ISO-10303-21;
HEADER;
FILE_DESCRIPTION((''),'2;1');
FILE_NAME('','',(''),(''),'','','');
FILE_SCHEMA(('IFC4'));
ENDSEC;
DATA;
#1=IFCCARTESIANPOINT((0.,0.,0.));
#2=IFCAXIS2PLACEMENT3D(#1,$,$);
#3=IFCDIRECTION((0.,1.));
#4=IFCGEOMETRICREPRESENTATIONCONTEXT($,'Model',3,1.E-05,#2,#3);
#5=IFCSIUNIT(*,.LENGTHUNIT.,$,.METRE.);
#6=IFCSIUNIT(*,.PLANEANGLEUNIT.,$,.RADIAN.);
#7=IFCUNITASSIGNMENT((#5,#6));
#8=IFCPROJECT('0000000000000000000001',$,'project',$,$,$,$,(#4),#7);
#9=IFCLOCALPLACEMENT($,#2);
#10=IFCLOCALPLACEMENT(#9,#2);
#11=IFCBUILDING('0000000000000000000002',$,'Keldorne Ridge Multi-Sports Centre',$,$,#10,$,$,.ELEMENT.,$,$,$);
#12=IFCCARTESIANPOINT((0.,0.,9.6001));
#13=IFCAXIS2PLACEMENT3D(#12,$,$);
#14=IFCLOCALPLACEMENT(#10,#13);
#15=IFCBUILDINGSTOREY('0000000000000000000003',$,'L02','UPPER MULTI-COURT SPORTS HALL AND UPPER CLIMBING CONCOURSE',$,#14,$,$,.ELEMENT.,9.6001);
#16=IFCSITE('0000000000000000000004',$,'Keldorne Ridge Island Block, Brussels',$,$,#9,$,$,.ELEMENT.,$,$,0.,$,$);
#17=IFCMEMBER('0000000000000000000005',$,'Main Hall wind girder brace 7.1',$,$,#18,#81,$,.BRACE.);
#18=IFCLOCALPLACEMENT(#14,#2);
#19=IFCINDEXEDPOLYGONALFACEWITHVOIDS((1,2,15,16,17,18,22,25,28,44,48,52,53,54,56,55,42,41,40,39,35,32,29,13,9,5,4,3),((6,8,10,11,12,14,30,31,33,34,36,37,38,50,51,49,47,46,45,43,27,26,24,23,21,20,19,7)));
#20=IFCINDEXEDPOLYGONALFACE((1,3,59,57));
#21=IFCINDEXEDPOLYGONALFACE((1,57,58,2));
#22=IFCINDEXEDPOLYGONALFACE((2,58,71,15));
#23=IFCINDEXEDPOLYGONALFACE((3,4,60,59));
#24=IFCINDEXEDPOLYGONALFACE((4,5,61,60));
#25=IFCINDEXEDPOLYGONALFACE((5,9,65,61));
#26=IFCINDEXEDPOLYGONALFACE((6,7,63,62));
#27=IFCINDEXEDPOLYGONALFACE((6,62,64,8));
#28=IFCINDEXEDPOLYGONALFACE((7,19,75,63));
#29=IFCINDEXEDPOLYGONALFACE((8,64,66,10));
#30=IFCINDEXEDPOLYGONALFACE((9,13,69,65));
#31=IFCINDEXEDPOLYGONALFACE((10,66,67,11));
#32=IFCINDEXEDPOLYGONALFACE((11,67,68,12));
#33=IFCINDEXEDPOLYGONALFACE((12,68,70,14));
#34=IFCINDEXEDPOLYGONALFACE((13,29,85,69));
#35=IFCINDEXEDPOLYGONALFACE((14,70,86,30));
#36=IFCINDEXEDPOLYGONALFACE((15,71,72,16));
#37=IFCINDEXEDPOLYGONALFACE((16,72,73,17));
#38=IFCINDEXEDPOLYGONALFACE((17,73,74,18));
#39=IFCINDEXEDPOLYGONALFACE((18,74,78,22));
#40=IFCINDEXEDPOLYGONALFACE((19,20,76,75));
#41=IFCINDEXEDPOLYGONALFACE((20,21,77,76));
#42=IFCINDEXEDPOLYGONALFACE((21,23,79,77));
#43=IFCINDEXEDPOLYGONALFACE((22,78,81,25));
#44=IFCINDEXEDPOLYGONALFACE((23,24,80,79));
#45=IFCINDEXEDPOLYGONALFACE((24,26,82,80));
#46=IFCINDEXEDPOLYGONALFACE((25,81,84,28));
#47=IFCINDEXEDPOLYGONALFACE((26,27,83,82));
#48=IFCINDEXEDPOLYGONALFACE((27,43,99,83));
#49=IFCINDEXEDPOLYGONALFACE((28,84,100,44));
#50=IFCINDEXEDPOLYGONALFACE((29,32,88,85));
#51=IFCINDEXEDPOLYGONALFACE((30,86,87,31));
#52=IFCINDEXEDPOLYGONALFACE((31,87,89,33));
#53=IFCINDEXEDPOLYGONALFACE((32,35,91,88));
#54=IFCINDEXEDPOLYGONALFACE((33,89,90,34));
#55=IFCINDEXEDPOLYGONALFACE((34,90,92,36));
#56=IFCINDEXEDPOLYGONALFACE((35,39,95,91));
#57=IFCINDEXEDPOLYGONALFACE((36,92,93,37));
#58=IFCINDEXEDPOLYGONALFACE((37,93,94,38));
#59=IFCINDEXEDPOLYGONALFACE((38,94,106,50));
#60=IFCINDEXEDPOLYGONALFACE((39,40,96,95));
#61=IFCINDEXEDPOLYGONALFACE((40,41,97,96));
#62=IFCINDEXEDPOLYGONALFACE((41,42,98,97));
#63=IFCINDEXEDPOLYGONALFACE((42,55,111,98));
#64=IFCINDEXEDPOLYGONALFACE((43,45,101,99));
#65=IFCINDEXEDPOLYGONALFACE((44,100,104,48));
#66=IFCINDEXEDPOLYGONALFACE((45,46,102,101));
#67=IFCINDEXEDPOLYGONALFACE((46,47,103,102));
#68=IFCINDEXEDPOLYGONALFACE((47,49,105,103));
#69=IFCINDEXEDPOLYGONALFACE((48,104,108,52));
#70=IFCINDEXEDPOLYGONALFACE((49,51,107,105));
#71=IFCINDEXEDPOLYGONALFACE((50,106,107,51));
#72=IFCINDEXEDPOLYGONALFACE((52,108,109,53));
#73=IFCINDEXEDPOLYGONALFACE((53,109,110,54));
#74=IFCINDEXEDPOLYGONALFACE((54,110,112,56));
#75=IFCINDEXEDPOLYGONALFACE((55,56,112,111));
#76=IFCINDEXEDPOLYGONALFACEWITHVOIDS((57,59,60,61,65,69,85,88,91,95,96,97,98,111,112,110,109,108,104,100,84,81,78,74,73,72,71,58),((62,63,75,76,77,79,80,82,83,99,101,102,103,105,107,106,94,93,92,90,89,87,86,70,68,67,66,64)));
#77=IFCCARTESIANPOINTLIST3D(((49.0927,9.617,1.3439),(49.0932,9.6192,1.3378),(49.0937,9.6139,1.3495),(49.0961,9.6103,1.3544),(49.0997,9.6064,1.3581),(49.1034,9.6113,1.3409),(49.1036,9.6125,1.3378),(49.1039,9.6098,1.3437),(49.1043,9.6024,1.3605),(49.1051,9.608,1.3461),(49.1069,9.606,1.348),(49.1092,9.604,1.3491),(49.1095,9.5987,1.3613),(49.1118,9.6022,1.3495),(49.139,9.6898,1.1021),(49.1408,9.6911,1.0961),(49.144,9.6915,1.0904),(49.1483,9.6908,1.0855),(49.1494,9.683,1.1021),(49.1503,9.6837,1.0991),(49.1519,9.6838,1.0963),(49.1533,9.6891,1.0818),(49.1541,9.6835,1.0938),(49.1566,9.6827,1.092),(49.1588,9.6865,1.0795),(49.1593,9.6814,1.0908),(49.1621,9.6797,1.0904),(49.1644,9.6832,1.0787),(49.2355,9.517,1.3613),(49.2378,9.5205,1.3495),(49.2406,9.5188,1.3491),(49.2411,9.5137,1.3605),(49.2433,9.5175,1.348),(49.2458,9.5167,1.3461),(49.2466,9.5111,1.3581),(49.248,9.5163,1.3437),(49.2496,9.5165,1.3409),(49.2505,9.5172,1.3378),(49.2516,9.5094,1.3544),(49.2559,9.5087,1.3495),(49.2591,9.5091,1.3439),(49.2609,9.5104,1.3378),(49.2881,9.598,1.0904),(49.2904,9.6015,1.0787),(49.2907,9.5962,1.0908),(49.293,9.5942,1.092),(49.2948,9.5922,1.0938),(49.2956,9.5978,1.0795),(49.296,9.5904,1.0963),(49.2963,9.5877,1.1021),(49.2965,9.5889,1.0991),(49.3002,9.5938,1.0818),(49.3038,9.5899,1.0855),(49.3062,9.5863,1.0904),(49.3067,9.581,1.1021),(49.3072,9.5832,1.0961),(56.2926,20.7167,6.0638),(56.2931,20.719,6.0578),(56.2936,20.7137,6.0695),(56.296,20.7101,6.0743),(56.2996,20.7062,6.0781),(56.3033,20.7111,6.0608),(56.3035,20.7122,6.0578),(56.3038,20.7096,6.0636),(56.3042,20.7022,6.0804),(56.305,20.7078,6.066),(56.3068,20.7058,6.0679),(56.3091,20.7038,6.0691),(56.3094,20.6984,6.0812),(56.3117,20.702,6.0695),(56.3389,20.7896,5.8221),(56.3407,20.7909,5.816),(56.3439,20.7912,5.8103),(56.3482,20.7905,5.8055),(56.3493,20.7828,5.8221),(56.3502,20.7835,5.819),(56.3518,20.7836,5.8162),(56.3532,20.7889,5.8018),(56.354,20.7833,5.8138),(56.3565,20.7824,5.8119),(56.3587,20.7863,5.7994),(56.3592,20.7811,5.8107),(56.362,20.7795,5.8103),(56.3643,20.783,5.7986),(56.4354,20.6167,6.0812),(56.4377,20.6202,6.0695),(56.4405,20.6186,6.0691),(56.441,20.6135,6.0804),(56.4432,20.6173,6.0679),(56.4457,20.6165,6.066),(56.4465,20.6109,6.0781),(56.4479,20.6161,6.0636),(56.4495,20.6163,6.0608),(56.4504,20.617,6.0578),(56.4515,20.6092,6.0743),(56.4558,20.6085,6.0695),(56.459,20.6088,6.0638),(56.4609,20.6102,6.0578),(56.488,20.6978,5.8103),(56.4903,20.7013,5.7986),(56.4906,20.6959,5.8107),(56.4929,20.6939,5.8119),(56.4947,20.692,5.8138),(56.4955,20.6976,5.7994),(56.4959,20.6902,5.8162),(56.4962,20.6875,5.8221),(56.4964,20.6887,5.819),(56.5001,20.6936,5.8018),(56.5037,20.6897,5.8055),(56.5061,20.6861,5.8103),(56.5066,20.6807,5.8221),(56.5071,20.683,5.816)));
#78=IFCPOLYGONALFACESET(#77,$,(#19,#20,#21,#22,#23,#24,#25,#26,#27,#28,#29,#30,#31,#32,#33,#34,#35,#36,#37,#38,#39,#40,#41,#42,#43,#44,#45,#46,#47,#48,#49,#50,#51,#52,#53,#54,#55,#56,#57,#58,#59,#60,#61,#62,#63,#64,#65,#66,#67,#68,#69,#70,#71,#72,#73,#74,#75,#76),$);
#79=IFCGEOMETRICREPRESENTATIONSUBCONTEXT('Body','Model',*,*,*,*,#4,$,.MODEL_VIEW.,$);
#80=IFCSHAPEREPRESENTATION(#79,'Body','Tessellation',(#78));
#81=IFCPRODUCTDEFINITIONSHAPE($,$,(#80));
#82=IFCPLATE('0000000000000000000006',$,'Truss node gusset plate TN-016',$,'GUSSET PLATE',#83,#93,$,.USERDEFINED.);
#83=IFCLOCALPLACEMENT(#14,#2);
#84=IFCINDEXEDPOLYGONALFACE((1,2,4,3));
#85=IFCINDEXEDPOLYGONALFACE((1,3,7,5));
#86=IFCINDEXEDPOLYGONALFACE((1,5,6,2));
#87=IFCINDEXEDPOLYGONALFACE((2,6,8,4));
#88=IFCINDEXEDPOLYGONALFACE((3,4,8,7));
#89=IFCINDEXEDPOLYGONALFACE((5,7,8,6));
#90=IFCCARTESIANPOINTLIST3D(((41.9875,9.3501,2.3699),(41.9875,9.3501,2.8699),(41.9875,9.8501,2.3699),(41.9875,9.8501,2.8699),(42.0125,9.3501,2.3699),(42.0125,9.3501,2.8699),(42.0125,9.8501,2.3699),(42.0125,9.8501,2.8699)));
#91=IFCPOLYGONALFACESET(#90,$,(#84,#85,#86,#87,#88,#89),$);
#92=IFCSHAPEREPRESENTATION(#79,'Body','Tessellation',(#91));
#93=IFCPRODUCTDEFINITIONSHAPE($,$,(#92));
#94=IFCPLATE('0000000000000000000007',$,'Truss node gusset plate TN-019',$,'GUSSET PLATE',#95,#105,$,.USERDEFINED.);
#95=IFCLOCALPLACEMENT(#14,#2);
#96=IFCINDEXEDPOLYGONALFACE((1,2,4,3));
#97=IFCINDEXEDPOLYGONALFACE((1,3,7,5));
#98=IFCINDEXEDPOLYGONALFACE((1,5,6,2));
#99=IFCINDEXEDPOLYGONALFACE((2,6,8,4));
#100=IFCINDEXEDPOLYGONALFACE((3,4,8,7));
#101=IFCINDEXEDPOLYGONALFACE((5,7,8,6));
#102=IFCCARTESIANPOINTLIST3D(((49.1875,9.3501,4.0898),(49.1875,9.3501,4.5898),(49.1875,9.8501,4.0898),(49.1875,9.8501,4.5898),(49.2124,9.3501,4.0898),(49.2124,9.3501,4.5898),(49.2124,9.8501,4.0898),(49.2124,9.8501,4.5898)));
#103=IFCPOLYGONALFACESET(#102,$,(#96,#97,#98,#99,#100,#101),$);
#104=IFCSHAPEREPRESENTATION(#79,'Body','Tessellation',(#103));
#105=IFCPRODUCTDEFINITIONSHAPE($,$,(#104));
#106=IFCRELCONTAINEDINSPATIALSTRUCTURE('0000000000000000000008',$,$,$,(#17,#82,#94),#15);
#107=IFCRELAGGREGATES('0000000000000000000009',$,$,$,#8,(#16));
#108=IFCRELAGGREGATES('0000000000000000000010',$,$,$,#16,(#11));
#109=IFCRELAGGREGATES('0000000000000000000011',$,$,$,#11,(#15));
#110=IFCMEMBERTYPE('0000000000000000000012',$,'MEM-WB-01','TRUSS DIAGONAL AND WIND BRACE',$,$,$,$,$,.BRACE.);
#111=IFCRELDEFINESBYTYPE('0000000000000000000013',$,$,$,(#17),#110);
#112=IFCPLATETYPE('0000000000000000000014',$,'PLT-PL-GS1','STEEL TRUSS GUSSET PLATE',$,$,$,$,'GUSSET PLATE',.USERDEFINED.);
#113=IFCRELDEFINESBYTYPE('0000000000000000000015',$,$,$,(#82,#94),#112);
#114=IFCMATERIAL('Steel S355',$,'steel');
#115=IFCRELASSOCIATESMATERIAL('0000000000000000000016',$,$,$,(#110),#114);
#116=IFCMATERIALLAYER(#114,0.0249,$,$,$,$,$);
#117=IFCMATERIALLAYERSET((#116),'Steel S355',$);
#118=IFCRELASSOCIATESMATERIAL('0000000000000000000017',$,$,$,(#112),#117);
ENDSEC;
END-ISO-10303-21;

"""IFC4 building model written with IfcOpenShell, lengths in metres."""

from ifc_helpers import new_model, si_unit, direction, frame, origin, origin_2d, place, context, subcontext, project, spatial, rectangle, hollow_rectangle, extrude, material, layer, layer_set, material_profile, profile_set, type_object, element, save


model = new_model("IFC4")

# Units and contexts
model_context = context("Model", 3, precision=1e-05, world=origin(), true_north=direction((0.0, 1.0)))
body_context = subcontext(model_context, "Body", "Model", "MODEL_VIEW")
ifc_project = project(units=[si_unit("LENGTHUNIT", "METRE"), si_unit("PLANEANGLEUNIT", "RADIAN")], contexts=[model_context])

# Site, building, storey
site_placement = place(None, origin())
site = spatial("IfcSite", under=ifc_project, at=site_placement, Name="Keldorne Ridge Island Block, Brussels", CompositionType="ELEMENT", RefElevation=0.0)
building_placement = place(site_placement, origin())
building = spatial("IfcBuilding", under=site, at=building_placement, Name="Keldorne Ridge Multi-Sports Centre", CompositionType="ELEMENT")
storey_placement = place(building_placement, frame((0.0, 0.0, 9.6001)))
storey = spatial("IfcBuildingStorey", under=building, at=storey_placement, Name="L02", Description="UPPER MULTI-COURT SPORTS HALL AND UPPER CLIMBING CONCOURSE", CompositionType="ELEMENT", Elevation=9.6001)

# Shared definitions
ifc_material = material(Name="Steel S355", Category="steel")

# Member
ifc_material_profile_1 = material_profile(ifc_material, hollow_rectangle(XDim=0.2, YDim=0.3, WallThickness=0.0125, InnerFilletRadius=0.0125, OuterFilletRadius=0.0249, at=origin_2d()), Name="RHS 300x200x12.5")
ifc_profile_set_1 = profile_set([ifc_material_profile_1], Name="Steel S355")
member_type_1 = type_object("IfcMemberType", Name="MEM-WB-01", Description="TRUSS DIAGONAL AND WIND BRACE", PredefinedType="BRACE", material=ifc_profile_set_1)
member_1_placement = place(storey_placement, frame((49.2, 9.6001, 1.22), z_axis=(0.512554, 0.790182, 0.336008), x_axis=(-0.83896, 0.544194, 0.0)))
element("IfcMember", 1, at=member_1_placement, inside=storey, type_object=member_type_1, Name="Main Hall wind girder brace 7.1", PredefinedType="BRACE", context=body_context, shape_type="SweptSolid", body=[
    extrude(hollow_rectangle(XDim=0.2, YDim=0.3, WallThickness=0.0125, InnerFilletRadius=0.0125, OuterFilletRadius=0.0249, at=origin_2d()), origin(), (0.0, 0.0, 1.0), 14.0471),
])

# Plates
ifc_layer = layer(ifc_material, 0.0249)
ifc_layer_set = layer_set([ifc_layer], Name="Steel S355")
plate_type = type_object("IfcPlateType", Name="PLT-PL-GS1", Description="STEEL TRUSS GUSSET PLATE", ElementType="GUSSET PLATE", PredefinedType="USERDEFINED", material=ifc_layer_set)
for number, where, z_axis, x_axis, name in (
    (2, (42.0, 9.6001, 2.3699), (0.0, 0.0, 1.0), (1.0, 0.0, 0.0), "Truss node gusset plate TN-016"),
    (3, (49.2, 9.6001, 4.0898), (0.0, 0.0, 1.0), (1.0, 0.0, 0.0), "Truss node gusset plate TN-019"),
):
    element("IfcPlate", number, at=place(storey_placement, frame(where, z_axis=z_axis, x_axis=x_axis)), inside=storey, type_object=plate_type, Name=name, ObjectType="GUSSET PLATE", PredefinedType="USERDEFINED", context=body_context, shape_type="SweptSolid", body=[
        extrude(rectangle(XDim=0.0249, YDim=0.5, at=origin_2d()), origin(), (0.0, 0.0, 1.0), 0.5),
    ])

save(model, "model.ifc")
